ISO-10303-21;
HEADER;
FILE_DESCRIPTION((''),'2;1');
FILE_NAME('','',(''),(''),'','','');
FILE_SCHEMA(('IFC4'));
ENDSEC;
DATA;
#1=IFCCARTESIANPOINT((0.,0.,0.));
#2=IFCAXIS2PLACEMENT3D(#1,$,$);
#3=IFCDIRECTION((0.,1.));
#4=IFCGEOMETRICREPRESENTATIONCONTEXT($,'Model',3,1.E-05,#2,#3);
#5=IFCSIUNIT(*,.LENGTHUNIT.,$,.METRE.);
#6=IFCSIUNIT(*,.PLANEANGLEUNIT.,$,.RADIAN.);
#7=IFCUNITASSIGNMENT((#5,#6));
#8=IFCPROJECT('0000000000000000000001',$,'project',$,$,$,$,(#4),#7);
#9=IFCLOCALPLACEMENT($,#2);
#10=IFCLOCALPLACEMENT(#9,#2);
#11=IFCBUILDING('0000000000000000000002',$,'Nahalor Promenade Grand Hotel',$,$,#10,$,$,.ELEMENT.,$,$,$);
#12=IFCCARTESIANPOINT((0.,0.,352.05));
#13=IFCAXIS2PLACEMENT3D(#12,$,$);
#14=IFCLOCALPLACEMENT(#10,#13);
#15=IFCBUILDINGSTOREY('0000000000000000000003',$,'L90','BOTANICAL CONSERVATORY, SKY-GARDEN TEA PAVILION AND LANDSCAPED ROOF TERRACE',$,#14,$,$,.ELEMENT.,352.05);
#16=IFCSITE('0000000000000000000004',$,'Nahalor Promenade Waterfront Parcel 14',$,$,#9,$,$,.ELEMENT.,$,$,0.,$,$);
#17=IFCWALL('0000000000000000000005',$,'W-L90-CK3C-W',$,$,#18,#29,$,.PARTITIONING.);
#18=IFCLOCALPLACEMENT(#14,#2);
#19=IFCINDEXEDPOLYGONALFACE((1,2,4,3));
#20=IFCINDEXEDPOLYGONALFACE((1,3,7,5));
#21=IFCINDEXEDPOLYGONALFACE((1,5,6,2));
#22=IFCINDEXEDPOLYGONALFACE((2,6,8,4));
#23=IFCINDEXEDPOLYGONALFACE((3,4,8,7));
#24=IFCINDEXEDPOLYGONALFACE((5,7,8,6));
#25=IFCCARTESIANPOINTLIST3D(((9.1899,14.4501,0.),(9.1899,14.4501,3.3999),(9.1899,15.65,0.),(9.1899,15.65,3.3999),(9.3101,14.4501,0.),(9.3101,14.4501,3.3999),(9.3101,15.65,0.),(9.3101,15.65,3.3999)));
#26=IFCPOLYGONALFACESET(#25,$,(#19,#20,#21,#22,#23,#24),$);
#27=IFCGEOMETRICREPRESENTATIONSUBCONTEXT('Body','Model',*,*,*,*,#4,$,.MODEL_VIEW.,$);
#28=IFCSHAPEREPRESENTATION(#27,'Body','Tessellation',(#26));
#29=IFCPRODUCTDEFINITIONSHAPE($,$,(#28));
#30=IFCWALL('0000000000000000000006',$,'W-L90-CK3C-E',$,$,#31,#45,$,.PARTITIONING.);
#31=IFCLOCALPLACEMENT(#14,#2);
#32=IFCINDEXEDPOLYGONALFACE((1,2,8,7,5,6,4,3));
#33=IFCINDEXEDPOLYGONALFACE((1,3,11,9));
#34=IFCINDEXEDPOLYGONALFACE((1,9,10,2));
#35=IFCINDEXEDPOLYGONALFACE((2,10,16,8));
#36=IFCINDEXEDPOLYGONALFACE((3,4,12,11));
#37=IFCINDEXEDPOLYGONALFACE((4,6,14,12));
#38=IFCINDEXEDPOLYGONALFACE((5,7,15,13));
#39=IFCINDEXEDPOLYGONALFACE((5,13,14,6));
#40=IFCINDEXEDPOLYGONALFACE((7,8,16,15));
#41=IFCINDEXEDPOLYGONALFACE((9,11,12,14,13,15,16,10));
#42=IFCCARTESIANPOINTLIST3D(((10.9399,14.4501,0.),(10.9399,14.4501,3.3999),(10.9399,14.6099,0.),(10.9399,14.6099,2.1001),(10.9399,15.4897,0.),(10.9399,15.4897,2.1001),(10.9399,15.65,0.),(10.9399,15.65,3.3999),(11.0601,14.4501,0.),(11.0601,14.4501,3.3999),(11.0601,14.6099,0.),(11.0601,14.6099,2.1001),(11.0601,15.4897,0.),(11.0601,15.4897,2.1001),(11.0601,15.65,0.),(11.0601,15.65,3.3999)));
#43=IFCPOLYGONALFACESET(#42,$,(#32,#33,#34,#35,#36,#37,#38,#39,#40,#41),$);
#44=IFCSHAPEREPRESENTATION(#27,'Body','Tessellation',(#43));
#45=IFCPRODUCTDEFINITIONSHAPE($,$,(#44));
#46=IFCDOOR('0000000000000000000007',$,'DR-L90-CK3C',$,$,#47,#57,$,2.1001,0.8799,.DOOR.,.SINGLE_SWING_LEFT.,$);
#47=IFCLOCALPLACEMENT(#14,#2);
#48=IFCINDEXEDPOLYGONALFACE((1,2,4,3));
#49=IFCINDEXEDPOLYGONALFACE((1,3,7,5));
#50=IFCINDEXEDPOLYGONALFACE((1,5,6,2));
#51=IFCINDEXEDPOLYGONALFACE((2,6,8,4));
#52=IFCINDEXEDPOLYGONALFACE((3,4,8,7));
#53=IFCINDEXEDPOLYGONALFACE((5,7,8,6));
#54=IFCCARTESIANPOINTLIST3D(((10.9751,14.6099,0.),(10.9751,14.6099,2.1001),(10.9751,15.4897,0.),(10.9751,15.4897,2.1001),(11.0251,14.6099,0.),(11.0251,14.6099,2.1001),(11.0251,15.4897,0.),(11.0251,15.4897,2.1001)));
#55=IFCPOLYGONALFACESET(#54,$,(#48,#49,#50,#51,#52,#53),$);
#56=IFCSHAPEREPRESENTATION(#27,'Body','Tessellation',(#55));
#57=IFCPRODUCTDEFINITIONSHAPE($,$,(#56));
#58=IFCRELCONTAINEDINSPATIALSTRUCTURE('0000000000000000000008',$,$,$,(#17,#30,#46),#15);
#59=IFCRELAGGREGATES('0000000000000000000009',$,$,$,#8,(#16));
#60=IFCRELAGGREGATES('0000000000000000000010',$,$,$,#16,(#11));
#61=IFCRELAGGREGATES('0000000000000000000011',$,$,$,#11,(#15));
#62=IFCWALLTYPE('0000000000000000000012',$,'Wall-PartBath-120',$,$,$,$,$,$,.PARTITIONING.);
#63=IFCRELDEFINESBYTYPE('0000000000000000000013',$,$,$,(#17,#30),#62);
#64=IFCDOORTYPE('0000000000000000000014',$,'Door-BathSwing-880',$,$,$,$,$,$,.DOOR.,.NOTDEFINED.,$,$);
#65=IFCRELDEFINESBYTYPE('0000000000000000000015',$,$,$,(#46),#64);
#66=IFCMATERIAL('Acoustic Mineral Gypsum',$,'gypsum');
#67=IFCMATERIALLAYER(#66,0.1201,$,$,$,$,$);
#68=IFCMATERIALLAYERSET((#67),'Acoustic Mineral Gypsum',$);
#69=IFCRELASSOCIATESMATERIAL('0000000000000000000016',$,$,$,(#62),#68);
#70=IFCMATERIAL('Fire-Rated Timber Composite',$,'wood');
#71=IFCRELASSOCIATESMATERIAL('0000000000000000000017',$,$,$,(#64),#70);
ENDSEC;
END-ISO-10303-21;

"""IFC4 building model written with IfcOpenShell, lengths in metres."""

from ifc_helpers import new_model, si_unit, direction, frame, frame_2d, origin, place, context, subcontext, project, spatial, rectangle, extrude, source, transform, mapped, material, layer, layer_set, type_object, element, fill, save


model = new_model("IFC4")

# Units and contexts
model_context = context("Model", 3, precision=1e-05, world=origin(), true_north=direction((0.0, 1.0)))
body_context = subcontext(model_context, "Body", "Model", "MODEL_VIEW")
ifc_project = project(units=[si_unit("LENGTHUNIT", "METRE"), si_unit("PLANEANGLEUNIT", "RADIAN")], contexts=[model_context])

# Site, building, storey
site_placement = place(None, origin())
site = spatial("IfcSite", under=ifc_project, at=site_placement, Name="Nahalor Promenade Waterfront Parcel 14", CompositionType="ELEMENT", RefElevation=0.0)
building_placement = place(site_placement, origin())
building = spatial("IfcBuilding", under=site, at=building_placement, Name="Nahalor Promenade Grand Hotel", CompositionType="ELEMENT")
storey_placement = place(building_placement, frame((0.0, 0.0, 352.05)))
storey = spatial("IfcBuildingStorey", under=building, at=storey_placement, Name="L90", Description="BOTANICAL CONSERVATORY, SKY-GARDEN TEA PAVILION AND LANDSCAPED ROOF TERRACE", CompositionType="ELEMENT", Elevation=352.05)

# Shared definitions
ifc_material_1 = material(Name="Acoustic Mineral Gypsum", Category="gypsum")
ifc_layer_1 = layer(ifc_material_1, 0.1201)
ifc_layer_set_1 = layer_set([ifc_layer_1], Name="Acoustic Mineral Gypsum")
wall_type_1 = type_object("IfcWallType", Name="Wall-PartBath-120", PredefinedType="PARTITIONING", material=ifc_layer_set_1)

# Shared definitions
ifc_material_2 = material(Name="Fire-Rated Timber Composite", Category="wood")
door_type_1 = type_object("IfcDoorType", Name="Door-BathSwing-880", OperationType="NOTDEFINED", PredefinedType="DOOR", material=ifc_material_2)
shared_shape_1 = source(origin(), body_context, "Body", "SweptSolid", [
    extrude(rectangle(XDim=0.8799, YDim=2.1001, at=frame_2d((0.4399, 1.05))), frame((0.0, 0.0249, 0.0), z_axis=(0.0, -1.0, 0.0), x_axis=(1.0, 0.0, 0.0)), (0.0, 0.0, 1.0), 0.05),
])

# Wall
shared_shape_2 = source(origin(), body_context, "Body", "SweptSolid", [
    extrude(rectangle(XDim=1.2, YDim=0.1201, at=frame_2d((0.6001, 0.0))), origin(), (0.0, 0.0, 1.0), 3.3999),
])
wall_1_placement = place(storey_placement, frame((9.25, 14.45, 0.0), z_axis=(0.0, 0.0, 1.0), x_axis=(0.0, 1.0, 0.0)))
element("IfcWall", 1, at=wall_1_placement, inside=storey, type_object=wall_type_1, Name="W-L90-CK3C-W", PredefinedType="PARTITIONING", context=body_context, shape_type="MappedRepresentation", body=[
    mapped(shared_shape_2, transform((0.0, 0.0, 0.0), scale=1.0)),
])

# Wall, opening, door
wall_2_placement = place(storey_placement, frame((11.0, 14.45, 0.0), z_axis=(0.0, 0.0, 1.0), x_axis=(0.0, 1.0, 0.0)))
wall_2 = element("IfcWall", 2, at=wall_2_placement, inside=storey, type_object=wall_type_1, Name="W-L90-CK3C-E", PredefinedType="PARTITIONING", context=body_context, shape_type="MappedRepresentation", body=[
    mapped(shared_shape_2, transform((0.0, 0.0, 0.0), scale=1.0)),
])
opening_1_placement = place(wall_2_placement, frame((0.1599, 0.0, 0.0)))
opening_1 = element("IfcOpeningElement", 3, at=opening_1_placement, cuts=wall_2, PredefinedType="OPENING", context=body_context, shape_type="SweptSolid", body=[
    extrude(rectangle(XDim=0.8799, YDim=2.1001, at=frame_2d((0.4399, 1.05))), frame((0.0, 0.0701, 0.0), z_axis=(0.0, -1.0, 0.0), x_axis=(1.0, 0.0, 0.0)), (0.0, 0.0, 1.0), 0.1401),
])
door_1_placement = place(opening_1_placement, origin())
door_1 = element("IfcDoor", 4, at=door_1_placement, inside=storey, type_object=door_type_1, Name="DR-L90-CK3C", OperationType="SINGLE_SWING_LEFT", OverallHeight=2.1001, OverallWidth=0.8799, PredefinedType="DOOR", context=body_context, shape_type="MappedRepresentation", body=[
    mapped(shared_shape_1, transform((0.0, 0.0, 0.0), scale=1.0)),
])
fill(opening_1, door_1)

save(model, "model.ifc")
